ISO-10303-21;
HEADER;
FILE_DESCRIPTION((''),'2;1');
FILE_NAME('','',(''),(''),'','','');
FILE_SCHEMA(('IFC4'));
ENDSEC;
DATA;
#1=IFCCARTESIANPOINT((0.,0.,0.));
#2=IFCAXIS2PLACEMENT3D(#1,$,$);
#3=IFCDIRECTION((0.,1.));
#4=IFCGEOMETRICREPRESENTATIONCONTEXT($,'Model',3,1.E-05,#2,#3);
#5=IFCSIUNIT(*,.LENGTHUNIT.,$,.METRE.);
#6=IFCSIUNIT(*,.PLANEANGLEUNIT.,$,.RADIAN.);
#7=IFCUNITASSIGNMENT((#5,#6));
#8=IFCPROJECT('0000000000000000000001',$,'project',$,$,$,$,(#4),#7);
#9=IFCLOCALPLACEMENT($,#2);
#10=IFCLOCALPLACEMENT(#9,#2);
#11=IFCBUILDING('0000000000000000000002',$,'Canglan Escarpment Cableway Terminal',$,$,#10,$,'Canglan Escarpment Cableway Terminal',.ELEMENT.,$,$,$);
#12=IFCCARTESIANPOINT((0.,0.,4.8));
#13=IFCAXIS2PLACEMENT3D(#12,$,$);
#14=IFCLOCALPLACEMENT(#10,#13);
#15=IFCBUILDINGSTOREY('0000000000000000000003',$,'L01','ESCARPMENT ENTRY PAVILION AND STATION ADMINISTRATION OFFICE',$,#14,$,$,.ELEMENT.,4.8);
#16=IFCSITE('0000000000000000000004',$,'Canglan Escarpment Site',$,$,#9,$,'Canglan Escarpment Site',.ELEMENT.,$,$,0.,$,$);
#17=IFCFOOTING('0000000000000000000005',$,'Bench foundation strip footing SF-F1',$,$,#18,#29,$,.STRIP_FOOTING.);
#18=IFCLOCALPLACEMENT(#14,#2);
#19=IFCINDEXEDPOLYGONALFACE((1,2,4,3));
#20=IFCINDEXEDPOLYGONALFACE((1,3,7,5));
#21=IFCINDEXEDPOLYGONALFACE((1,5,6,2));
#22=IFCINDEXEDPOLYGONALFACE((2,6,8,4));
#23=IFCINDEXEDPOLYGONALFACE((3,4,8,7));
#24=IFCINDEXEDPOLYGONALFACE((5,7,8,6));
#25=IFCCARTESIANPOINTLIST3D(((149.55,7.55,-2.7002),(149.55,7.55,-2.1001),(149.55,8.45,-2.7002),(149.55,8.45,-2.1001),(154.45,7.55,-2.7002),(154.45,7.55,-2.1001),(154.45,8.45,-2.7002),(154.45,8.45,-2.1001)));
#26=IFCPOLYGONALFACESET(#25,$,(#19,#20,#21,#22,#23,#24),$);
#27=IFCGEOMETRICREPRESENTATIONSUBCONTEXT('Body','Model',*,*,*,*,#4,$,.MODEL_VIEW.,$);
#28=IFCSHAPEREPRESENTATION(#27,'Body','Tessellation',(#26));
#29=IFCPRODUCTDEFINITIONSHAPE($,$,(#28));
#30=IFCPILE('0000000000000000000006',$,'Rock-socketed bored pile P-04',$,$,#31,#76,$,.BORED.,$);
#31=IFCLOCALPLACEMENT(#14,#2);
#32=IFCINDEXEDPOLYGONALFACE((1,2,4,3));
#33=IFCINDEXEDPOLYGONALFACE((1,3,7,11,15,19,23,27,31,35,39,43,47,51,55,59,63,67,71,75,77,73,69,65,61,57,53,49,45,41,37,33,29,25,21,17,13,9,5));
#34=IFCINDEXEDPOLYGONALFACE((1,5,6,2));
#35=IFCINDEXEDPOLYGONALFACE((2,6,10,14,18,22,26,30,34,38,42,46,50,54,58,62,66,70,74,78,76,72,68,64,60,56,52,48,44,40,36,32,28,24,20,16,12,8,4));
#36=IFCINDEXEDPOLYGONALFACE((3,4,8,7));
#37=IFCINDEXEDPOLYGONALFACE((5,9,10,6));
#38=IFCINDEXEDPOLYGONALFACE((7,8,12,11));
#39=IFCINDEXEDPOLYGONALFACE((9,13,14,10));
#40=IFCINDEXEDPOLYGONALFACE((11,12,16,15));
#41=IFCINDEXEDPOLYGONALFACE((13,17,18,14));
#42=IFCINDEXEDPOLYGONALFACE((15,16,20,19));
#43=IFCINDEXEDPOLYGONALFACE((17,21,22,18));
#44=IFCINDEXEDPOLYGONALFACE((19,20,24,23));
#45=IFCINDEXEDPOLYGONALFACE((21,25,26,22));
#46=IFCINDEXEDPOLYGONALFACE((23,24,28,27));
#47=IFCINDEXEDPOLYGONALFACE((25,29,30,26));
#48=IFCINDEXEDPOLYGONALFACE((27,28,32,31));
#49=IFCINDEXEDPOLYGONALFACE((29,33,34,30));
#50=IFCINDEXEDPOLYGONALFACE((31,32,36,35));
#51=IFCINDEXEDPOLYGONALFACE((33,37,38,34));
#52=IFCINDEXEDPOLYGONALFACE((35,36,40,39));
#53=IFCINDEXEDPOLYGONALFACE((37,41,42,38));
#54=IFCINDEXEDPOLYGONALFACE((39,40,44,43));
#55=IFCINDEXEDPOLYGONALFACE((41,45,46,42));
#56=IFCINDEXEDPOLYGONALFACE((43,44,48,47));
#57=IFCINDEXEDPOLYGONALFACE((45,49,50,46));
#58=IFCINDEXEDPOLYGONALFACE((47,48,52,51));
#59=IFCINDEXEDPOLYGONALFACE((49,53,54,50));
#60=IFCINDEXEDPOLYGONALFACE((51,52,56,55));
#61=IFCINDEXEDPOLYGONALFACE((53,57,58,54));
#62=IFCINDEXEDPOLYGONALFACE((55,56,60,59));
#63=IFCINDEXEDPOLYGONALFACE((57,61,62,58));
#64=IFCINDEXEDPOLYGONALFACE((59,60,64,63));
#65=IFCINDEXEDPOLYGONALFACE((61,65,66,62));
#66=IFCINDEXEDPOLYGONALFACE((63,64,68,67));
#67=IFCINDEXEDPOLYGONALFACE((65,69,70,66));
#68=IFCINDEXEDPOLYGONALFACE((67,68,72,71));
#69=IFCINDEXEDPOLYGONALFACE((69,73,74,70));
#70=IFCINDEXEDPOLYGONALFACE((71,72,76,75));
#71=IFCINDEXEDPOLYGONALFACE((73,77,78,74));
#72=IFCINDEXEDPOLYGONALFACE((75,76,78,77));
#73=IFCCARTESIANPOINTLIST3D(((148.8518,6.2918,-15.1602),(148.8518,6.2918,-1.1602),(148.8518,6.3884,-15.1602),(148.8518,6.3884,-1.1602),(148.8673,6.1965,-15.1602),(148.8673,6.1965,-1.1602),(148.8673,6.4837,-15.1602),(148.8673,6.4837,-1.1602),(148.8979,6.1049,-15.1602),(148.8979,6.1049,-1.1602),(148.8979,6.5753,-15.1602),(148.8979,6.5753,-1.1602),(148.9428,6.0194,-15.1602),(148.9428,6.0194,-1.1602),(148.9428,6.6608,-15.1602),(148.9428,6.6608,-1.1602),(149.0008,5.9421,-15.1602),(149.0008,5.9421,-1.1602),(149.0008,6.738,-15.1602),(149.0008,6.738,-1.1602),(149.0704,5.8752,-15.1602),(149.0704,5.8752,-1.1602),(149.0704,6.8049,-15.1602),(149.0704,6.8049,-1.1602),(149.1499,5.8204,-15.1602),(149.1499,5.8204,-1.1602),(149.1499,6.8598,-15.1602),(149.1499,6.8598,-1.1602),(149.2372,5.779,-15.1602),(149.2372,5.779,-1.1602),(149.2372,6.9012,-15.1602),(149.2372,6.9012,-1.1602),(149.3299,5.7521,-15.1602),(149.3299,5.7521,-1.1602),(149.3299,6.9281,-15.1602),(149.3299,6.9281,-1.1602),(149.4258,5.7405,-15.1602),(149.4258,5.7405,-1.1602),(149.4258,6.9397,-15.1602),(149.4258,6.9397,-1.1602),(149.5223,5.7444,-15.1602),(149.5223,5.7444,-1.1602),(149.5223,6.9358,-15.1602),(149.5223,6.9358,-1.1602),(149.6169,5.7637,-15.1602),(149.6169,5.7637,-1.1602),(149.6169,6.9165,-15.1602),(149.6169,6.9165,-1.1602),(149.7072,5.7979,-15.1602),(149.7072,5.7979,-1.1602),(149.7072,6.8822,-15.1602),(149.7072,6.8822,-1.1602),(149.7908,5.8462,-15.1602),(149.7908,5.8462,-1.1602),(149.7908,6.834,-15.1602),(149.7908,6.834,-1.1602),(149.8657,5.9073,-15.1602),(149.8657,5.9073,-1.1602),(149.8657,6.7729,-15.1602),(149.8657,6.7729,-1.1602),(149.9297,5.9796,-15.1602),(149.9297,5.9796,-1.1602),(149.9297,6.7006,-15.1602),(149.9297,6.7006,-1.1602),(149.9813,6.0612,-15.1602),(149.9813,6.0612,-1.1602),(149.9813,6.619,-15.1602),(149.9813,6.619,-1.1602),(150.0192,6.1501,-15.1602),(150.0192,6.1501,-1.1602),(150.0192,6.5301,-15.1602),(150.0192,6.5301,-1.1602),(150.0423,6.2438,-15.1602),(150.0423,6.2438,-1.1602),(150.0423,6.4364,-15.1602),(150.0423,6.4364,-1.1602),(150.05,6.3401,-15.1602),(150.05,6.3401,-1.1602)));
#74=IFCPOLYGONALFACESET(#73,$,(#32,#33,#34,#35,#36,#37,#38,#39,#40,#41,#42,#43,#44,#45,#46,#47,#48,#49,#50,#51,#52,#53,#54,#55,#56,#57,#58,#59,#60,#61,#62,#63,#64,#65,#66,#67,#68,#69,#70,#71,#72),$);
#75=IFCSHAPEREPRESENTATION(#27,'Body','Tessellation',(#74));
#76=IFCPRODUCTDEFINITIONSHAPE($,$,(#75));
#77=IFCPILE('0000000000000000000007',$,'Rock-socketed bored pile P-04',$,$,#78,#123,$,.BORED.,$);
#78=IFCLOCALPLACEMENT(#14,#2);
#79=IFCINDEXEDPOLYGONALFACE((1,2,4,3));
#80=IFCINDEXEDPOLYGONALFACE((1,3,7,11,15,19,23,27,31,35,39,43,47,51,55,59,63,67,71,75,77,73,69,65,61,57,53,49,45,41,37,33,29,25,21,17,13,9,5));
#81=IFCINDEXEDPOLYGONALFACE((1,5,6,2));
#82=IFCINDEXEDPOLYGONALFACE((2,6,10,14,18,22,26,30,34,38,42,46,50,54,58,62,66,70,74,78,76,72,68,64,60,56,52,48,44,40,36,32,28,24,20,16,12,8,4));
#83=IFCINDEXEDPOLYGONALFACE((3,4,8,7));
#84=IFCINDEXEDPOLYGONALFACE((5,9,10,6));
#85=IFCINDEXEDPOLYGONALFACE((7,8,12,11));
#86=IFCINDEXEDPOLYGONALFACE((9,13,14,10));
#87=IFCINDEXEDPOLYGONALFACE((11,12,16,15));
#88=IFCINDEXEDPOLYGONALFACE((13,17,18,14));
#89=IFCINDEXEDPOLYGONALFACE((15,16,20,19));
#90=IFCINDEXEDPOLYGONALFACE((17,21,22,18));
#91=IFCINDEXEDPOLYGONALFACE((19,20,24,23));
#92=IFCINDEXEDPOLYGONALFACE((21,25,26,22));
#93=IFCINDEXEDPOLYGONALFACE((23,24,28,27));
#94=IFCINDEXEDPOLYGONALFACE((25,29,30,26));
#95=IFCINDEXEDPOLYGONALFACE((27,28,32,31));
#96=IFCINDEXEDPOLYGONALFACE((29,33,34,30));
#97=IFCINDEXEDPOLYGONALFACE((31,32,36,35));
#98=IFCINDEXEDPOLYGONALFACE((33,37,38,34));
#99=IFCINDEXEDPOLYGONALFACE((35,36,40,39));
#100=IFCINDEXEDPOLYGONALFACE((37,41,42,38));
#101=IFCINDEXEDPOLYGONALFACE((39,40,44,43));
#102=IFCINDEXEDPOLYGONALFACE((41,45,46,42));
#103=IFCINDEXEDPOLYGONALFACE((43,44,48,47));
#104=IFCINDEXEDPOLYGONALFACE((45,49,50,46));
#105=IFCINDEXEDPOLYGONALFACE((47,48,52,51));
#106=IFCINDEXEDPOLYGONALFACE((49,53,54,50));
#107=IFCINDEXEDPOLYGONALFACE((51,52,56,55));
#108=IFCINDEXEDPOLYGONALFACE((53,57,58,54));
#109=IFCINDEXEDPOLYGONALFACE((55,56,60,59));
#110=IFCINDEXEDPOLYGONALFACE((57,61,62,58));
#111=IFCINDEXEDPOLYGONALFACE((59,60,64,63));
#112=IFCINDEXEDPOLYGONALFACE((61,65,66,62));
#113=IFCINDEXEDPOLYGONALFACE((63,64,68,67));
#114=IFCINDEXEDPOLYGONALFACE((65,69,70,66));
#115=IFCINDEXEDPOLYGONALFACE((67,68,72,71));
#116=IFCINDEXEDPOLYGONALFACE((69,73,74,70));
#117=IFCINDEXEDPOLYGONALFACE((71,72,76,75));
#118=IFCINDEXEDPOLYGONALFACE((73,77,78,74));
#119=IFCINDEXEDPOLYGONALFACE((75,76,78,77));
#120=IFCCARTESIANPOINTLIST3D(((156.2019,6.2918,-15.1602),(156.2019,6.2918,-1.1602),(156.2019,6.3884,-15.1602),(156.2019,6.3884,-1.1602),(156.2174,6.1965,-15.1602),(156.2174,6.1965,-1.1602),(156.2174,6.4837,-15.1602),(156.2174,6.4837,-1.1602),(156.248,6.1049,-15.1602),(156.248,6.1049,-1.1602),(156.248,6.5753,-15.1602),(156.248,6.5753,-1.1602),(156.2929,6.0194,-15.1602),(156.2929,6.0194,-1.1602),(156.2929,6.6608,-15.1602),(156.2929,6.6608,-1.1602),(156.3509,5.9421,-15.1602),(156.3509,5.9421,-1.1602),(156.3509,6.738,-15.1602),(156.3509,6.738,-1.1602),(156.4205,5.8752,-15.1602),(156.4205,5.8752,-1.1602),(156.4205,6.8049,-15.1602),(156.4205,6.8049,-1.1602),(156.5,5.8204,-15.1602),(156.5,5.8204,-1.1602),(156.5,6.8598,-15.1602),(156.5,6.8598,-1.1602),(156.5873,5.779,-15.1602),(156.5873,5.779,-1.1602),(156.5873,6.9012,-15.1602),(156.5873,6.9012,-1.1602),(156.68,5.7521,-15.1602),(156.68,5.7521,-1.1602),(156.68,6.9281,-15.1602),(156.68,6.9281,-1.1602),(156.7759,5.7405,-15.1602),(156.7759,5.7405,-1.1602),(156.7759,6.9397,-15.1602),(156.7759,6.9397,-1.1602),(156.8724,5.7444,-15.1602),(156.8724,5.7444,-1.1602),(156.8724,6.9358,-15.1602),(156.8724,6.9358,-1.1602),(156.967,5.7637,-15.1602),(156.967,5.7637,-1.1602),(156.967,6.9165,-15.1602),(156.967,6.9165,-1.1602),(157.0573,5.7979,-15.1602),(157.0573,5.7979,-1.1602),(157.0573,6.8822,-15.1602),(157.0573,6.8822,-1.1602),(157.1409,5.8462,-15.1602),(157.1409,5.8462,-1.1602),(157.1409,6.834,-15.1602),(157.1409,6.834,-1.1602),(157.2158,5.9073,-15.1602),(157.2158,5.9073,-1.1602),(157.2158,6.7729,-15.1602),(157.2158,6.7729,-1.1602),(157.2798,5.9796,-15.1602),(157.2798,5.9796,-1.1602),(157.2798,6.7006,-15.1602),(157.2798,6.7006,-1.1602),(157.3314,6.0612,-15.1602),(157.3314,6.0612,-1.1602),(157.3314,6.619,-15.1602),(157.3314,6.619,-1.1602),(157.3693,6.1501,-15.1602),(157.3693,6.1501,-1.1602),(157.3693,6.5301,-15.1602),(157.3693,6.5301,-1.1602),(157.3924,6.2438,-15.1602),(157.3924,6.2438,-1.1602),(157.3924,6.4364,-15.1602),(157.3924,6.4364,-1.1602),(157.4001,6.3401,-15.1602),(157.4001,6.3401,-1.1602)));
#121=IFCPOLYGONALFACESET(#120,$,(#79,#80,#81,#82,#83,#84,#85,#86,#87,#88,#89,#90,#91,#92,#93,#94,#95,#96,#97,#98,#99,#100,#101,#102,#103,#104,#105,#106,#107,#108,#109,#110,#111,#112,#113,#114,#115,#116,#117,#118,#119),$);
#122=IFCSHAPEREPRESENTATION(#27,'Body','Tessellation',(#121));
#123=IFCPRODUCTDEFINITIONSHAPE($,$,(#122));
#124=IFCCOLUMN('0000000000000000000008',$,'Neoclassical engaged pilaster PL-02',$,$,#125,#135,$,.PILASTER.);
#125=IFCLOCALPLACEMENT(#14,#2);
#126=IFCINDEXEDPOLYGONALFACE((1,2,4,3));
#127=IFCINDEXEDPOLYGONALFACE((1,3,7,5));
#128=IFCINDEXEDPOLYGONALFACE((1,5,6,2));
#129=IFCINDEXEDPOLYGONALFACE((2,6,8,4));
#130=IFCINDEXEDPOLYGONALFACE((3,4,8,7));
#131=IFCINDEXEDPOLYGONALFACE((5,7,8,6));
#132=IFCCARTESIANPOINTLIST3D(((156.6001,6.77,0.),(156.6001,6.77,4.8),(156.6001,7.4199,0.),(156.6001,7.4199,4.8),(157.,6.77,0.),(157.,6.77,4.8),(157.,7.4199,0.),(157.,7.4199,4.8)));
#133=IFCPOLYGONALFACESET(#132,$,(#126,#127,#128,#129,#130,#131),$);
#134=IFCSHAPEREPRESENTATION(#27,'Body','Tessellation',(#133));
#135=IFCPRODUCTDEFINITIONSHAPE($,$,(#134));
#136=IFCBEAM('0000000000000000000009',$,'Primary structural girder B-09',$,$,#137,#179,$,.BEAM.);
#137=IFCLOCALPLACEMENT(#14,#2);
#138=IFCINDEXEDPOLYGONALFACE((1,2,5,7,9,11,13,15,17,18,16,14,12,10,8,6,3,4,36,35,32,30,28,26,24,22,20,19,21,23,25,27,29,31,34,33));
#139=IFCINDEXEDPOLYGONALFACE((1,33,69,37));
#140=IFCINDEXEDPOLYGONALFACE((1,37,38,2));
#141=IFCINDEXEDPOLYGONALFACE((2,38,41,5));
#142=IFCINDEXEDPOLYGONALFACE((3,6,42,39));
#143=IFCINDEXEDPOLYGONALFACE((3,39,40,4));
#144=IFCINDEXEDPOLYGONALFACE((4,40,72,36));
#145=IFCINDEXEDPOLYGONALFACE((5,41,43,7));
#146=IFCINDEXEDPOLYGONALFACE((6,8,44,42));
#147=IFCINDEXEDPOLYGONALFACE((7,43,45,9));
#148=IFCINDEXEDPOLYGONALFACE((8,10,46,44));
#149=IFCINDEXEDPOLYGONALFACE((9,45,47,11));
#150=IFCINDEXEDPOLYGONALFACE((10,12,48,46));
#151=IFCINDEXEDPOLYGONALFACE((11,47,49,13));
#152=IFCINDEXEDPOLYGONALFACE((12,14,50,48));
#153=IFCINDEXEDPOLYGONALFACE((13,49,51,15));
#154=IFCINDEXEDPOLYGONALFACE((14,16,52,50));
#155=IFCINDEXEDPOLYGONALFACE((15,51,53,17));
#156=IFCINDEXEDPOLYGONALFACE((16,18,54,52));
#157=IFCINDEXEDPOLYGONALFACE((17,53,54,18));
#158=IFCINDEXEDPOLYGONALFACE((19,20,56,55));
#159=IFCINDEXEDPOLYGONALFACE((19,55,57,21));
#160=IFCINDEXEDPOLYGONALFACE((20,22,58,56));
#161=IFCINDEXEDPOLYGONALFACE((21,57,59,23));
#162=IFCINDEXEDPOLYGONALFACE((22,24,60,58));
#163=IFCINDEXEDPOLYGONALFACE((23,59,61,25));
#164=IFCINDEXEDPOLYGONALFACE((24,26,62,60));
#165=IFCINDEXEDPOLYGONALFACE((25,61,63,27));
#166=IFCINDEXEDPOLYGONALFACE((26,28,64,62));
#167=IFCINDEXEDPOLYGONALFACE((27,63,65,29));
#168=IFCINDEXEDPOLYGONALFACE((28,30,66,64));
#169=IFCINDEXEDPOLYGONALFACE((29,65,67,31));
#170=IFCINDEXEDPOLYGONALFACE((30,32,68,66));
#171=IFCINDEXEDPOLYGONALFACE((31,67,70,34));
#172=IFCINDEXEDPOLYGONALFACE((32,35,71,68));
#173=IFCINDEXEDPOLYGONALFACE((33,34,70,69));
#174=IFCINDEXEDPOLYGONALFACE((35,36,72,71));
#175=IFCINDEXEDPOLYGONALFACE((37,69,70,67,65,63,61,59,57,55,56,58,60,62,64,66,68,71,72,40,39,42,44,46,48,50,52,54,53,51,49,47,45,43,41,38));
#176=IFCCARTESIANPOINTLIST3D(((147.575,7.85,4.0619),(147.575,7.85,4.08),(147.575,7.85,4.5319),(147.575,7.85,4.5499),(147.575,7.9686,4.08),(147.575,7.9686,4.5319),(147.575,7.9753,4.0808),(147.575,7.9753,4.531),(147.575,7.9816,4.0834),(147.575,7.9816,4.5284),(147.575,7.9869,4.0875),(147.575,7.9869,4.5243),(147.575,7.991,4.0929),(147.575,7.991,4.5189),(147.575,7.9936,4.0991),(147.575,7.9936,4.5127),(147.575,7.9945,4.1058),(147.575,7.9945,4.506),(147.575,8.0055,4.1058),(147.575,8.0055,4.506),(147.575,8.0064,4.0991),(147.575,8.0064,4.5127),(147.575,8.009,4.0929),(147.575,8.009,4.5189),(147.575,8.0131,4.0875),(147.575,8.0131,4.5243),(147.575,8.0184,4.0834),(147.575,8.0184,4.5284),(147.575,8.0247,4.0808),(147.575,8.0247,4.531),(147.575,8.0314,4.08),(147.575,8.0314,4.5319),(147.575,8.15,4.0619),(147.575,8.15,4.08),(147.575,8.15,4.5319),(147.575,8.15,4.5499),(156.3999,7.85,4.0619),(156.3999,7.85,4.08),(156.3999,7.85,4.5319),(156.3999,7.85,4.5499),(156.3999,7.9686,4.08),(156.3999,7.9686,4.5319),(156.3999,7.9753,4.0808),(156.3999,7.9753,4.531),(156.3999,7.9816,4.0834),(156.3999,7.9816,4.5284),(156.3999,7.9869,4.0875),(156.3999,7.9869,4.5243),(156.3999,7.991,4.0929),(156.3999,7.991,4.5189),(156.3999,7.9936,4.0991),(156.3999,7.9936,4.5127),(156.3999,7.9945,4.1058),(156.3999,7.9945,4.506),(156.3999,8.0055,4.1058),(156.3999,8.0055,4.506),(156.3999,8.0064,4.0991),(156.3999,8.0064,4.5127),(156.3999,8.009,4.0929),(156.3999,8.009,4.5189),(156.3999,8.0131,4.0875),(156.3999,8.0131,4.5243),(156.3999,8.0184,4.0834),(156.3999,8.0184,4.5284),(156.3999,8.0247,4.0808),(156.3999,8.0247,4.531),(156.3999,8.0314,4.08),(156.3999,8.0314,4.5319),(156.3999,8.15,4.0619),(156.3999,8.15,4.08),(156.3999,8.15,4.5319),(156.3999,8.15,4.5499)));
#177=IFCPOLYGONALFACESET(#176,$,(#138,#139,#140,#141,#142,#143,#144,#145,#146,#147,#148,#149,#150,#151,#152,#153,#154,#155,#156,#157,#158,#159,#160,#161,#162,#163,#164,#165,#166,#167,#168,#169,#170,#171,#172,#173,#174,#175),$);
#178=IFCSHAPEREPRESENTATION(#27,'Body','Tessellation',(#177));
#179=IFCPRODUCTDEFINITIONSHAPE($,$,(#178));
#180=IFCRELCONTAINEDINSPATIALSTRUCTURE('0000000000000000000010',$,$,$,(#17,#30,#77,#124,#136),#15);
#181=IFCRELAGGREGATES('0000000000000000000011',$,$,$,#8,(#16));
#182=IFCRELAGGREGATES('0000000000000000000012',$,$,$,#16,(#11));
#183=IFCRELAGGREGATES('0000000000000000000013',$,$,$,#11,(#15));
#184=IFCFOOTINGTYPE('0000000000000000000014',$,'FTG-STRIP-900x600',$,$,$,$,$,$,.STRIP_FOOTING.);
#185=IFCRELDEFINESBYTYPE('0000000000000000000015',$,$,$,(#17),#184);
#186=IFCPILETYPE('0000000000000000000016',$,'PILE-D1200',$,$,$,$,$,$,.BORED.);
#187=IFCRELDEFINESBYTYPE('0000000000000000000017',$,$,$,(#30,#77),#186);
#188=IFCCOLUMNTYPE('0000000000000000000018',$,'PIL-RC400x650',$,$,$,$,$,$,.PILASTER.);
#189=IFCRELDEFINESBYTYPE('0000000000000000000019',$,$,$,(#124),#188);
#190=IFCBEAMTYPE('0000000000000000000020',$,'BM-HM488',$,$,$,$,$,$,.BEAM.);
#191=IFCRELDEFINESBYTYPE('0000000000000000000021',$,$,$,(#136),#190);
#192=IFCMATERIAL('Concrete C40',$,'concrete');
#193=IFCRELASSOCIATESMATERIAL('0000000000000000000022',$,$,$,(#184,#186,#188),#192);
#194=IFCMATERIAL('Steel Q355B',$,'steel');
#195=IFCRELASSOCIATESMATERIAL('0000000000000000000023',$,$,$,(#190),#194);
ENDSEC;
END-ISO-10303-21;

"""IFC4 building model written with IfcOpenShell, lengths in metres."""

from ifc_helpers import new_model, si_unit, direction, frame, origin, origin_2d, place, context, subcontext, project, spatial, rectangle, circle, i_section, extrude, material, material_profile, profile_set, type_object, element, save


model = new_model("IFC4")

# Units and contexts
model_context = context("Model", 3, precision=1e-05, world=origin(), true_north=direction((0.0, 1.0)))
body_context = subcontext(model_context, "Body", "Model", "MODEL_VIEW")
ifc_project = project(units=[si_unit("LENGTHUNIT", "METRE"), si_unit("PLANEANGLEUNIT", "RADIAN")], contexts=[model_context])

# Site, building, storey
site_placement = place(None, origin())
site = spatial("IfcSite", under=ifc_project, at=site_placement, Name="Canglan Escarpment Site", LongName="Canglan Escarpment Site", CompositionType="ELEMENT", RefElevation=0.0)
building_placement = place(site_placement, origin())
building = spatial("IfcBuilding", under=site, at=building_placement, Name="Canglan Escarpment Cableway Terminal", LongName="Canglan Escarpment Cableway Terminal", CompositionType="ELEMENT")
storey_placement = place(building_placement, frame((0.0, 0.0, 4.8)))
storey = spatial("IfcBuildingStorey", under=building, at=storey_placement, Name="L01", Description="ESCARPMENT ENTRY PAVILION AND STATION ADMINISTRATION OFFICE", CompositionType="ELEMENT", Elevation=4.8)

# Footing
ifc_material_1 = material(Name="Concrete C40", Category="concrete")
ifc_material_profile_1 = material_profile(ifc_material_1, rectangle(XDim=0.8999, YDim=0.6001, at=origin_2d()), Name="SF 900x600")
ifc_profile_set_1 = profile_set([ifc_material_profile_1], Name="Concrete C40")
footing_type = type_object("IfcFootingType", Name="FTG-STRIP-900x600", PredefinedType="STRIP_FOOTING", material=ifc_profile_set_1)
footing_placement = place(storey_placement, frame((149.55, 8.0, -2.4001), z_axis=(1.0, 0.0, 0.0), x_axis=(0.0, 1.0, 0.0)))
element("IfcFooting", 1, at=footing_placement, inside=storey, type_object=footing_type, Name="Bench foundation strip footing SF-F1", PredefinedType="STRIP_FOOTING", context=body_context, shape_type="SweptSolid", body=[
    extrude(rectangle(XDim=0.8999, YDim=0.6001, at=origin_2d()), origin(), (0.0, 0.0, 1.0), 4.8999),
])

# Piles
ifc_material_profile_2 = material_profile(ifc_material_1, circle(Radius=0.6001, at=origin_2d()), Name="BORED PILE D1200")
ifc_profile_set_2 = profile_set([ifc_material_profile_2], Name="Concrete C40")
pile_type = type_object("IfcPileType", Name="PILE-D1200", PredefinedType="BORED", material=ifc_profile_set_2)
for number, where, z_axis, x_axis, name in (
    (2, (149.45, 6.3401, -1.1602), (0.0, 0.0, -1.0), (1.0, 0.0, 0.0), "Rock-socketed bored pile P-04"),
    (3, (156.8, 6.3401, -1.1602), (0.0, 0.0, -1.0), (1.0, 0.0, 0.0), "Rock-socketed bored pile P-04"),
):
    element("IfcPile", number, at=place(storey_placement, frame(where, z_axis=z_axis, x_axis=x_axis)), inside=storey, type_object=pile_type, Name=name, PredefinedType="BORED", context=body_context, shape_type="SweptSolid", body=[
        extrude(circle(Radius=0.6001, at=origin_2d()), origin(), (0.0, 0.0, 1.0), 14.0),
    ])

# Column
ifc_material_profile_3 = material_profile(ifc_material_1, rectangle(XDim=0.3999, YDim=0.6499, at=origin_2d()), Name="RC-PIL 400x650")
ifc_profile_set_3 = profile_set([ifc_material_profile_3], Name="Concrete C40")
column_type = type_object("IfcColumnType", Name="PIL-RC400x650", PredefinedType="PILASTER", material=ifc_profile_set_3)
column_placement = place(storey_placement, frame((156.8, 7.095, 0.0), z_axis=(0.0, 0.0, 1.0), x_axis=(1.0, 0.0, 0.0)))
element("IfcColumn", 4, at=column_placement, inside=storey, type_object=column_type, Name="Neoclassical engaged pilaster PL-02", PredefinedType="PILASTER", context=body_context, shape_type="SweptSolid", body=[
    extrude(rectangle(XDim=0.3999, YDim=0.6499, at=origin_2d()), origin(), (0.0, 0.0, 1.0), 4.8),
])

# Beam
ifc_material_2 = material(Name="Steel Q355B", Category="steel")
ifc_material_profile_4 = material_profile(ifc_material_2, i_section(OverallWidth=0.3, OverallDepth=0.488, WebThickness=0.011, FlangeThickness=0.0181, FilletRadius=0.0259, at=origin_2d()), Name="HM 488x300x11x18")
ifc_profile_set_4 = profile_set([ifc_material_profile_4], Name="Steel Q355B")
beam_type = type_object("IfcBeamType", Name="BM-HM488", PredefinedType="BEAM", material=ifc_profile_set_4)
beam_placement = place(storey_placement, frame((147.575, 8.0, 4.3059), z_axis=(1.0, 0.0, 0.0), x_axis=(0.0, 1.0, 0.0)))
element("IfcBeam", 5, at=beam_placement, inside=storey, type_object=beam_type, Name="Primary structural girder B-09", PredefinedType="BEAM", context=body_context, shape_type="SweptSolid", body=[
    extrude(i_section(OverallWidth=0.3, OverallDepth=0.488, WebThickness=0.011, FlangeThickness=0.0181, FilletRadius=0.0259, at=origin_2d()), origin(), (0.0, 0.0, 1.0), 8.825),
])

save(model, "model.ifc")
